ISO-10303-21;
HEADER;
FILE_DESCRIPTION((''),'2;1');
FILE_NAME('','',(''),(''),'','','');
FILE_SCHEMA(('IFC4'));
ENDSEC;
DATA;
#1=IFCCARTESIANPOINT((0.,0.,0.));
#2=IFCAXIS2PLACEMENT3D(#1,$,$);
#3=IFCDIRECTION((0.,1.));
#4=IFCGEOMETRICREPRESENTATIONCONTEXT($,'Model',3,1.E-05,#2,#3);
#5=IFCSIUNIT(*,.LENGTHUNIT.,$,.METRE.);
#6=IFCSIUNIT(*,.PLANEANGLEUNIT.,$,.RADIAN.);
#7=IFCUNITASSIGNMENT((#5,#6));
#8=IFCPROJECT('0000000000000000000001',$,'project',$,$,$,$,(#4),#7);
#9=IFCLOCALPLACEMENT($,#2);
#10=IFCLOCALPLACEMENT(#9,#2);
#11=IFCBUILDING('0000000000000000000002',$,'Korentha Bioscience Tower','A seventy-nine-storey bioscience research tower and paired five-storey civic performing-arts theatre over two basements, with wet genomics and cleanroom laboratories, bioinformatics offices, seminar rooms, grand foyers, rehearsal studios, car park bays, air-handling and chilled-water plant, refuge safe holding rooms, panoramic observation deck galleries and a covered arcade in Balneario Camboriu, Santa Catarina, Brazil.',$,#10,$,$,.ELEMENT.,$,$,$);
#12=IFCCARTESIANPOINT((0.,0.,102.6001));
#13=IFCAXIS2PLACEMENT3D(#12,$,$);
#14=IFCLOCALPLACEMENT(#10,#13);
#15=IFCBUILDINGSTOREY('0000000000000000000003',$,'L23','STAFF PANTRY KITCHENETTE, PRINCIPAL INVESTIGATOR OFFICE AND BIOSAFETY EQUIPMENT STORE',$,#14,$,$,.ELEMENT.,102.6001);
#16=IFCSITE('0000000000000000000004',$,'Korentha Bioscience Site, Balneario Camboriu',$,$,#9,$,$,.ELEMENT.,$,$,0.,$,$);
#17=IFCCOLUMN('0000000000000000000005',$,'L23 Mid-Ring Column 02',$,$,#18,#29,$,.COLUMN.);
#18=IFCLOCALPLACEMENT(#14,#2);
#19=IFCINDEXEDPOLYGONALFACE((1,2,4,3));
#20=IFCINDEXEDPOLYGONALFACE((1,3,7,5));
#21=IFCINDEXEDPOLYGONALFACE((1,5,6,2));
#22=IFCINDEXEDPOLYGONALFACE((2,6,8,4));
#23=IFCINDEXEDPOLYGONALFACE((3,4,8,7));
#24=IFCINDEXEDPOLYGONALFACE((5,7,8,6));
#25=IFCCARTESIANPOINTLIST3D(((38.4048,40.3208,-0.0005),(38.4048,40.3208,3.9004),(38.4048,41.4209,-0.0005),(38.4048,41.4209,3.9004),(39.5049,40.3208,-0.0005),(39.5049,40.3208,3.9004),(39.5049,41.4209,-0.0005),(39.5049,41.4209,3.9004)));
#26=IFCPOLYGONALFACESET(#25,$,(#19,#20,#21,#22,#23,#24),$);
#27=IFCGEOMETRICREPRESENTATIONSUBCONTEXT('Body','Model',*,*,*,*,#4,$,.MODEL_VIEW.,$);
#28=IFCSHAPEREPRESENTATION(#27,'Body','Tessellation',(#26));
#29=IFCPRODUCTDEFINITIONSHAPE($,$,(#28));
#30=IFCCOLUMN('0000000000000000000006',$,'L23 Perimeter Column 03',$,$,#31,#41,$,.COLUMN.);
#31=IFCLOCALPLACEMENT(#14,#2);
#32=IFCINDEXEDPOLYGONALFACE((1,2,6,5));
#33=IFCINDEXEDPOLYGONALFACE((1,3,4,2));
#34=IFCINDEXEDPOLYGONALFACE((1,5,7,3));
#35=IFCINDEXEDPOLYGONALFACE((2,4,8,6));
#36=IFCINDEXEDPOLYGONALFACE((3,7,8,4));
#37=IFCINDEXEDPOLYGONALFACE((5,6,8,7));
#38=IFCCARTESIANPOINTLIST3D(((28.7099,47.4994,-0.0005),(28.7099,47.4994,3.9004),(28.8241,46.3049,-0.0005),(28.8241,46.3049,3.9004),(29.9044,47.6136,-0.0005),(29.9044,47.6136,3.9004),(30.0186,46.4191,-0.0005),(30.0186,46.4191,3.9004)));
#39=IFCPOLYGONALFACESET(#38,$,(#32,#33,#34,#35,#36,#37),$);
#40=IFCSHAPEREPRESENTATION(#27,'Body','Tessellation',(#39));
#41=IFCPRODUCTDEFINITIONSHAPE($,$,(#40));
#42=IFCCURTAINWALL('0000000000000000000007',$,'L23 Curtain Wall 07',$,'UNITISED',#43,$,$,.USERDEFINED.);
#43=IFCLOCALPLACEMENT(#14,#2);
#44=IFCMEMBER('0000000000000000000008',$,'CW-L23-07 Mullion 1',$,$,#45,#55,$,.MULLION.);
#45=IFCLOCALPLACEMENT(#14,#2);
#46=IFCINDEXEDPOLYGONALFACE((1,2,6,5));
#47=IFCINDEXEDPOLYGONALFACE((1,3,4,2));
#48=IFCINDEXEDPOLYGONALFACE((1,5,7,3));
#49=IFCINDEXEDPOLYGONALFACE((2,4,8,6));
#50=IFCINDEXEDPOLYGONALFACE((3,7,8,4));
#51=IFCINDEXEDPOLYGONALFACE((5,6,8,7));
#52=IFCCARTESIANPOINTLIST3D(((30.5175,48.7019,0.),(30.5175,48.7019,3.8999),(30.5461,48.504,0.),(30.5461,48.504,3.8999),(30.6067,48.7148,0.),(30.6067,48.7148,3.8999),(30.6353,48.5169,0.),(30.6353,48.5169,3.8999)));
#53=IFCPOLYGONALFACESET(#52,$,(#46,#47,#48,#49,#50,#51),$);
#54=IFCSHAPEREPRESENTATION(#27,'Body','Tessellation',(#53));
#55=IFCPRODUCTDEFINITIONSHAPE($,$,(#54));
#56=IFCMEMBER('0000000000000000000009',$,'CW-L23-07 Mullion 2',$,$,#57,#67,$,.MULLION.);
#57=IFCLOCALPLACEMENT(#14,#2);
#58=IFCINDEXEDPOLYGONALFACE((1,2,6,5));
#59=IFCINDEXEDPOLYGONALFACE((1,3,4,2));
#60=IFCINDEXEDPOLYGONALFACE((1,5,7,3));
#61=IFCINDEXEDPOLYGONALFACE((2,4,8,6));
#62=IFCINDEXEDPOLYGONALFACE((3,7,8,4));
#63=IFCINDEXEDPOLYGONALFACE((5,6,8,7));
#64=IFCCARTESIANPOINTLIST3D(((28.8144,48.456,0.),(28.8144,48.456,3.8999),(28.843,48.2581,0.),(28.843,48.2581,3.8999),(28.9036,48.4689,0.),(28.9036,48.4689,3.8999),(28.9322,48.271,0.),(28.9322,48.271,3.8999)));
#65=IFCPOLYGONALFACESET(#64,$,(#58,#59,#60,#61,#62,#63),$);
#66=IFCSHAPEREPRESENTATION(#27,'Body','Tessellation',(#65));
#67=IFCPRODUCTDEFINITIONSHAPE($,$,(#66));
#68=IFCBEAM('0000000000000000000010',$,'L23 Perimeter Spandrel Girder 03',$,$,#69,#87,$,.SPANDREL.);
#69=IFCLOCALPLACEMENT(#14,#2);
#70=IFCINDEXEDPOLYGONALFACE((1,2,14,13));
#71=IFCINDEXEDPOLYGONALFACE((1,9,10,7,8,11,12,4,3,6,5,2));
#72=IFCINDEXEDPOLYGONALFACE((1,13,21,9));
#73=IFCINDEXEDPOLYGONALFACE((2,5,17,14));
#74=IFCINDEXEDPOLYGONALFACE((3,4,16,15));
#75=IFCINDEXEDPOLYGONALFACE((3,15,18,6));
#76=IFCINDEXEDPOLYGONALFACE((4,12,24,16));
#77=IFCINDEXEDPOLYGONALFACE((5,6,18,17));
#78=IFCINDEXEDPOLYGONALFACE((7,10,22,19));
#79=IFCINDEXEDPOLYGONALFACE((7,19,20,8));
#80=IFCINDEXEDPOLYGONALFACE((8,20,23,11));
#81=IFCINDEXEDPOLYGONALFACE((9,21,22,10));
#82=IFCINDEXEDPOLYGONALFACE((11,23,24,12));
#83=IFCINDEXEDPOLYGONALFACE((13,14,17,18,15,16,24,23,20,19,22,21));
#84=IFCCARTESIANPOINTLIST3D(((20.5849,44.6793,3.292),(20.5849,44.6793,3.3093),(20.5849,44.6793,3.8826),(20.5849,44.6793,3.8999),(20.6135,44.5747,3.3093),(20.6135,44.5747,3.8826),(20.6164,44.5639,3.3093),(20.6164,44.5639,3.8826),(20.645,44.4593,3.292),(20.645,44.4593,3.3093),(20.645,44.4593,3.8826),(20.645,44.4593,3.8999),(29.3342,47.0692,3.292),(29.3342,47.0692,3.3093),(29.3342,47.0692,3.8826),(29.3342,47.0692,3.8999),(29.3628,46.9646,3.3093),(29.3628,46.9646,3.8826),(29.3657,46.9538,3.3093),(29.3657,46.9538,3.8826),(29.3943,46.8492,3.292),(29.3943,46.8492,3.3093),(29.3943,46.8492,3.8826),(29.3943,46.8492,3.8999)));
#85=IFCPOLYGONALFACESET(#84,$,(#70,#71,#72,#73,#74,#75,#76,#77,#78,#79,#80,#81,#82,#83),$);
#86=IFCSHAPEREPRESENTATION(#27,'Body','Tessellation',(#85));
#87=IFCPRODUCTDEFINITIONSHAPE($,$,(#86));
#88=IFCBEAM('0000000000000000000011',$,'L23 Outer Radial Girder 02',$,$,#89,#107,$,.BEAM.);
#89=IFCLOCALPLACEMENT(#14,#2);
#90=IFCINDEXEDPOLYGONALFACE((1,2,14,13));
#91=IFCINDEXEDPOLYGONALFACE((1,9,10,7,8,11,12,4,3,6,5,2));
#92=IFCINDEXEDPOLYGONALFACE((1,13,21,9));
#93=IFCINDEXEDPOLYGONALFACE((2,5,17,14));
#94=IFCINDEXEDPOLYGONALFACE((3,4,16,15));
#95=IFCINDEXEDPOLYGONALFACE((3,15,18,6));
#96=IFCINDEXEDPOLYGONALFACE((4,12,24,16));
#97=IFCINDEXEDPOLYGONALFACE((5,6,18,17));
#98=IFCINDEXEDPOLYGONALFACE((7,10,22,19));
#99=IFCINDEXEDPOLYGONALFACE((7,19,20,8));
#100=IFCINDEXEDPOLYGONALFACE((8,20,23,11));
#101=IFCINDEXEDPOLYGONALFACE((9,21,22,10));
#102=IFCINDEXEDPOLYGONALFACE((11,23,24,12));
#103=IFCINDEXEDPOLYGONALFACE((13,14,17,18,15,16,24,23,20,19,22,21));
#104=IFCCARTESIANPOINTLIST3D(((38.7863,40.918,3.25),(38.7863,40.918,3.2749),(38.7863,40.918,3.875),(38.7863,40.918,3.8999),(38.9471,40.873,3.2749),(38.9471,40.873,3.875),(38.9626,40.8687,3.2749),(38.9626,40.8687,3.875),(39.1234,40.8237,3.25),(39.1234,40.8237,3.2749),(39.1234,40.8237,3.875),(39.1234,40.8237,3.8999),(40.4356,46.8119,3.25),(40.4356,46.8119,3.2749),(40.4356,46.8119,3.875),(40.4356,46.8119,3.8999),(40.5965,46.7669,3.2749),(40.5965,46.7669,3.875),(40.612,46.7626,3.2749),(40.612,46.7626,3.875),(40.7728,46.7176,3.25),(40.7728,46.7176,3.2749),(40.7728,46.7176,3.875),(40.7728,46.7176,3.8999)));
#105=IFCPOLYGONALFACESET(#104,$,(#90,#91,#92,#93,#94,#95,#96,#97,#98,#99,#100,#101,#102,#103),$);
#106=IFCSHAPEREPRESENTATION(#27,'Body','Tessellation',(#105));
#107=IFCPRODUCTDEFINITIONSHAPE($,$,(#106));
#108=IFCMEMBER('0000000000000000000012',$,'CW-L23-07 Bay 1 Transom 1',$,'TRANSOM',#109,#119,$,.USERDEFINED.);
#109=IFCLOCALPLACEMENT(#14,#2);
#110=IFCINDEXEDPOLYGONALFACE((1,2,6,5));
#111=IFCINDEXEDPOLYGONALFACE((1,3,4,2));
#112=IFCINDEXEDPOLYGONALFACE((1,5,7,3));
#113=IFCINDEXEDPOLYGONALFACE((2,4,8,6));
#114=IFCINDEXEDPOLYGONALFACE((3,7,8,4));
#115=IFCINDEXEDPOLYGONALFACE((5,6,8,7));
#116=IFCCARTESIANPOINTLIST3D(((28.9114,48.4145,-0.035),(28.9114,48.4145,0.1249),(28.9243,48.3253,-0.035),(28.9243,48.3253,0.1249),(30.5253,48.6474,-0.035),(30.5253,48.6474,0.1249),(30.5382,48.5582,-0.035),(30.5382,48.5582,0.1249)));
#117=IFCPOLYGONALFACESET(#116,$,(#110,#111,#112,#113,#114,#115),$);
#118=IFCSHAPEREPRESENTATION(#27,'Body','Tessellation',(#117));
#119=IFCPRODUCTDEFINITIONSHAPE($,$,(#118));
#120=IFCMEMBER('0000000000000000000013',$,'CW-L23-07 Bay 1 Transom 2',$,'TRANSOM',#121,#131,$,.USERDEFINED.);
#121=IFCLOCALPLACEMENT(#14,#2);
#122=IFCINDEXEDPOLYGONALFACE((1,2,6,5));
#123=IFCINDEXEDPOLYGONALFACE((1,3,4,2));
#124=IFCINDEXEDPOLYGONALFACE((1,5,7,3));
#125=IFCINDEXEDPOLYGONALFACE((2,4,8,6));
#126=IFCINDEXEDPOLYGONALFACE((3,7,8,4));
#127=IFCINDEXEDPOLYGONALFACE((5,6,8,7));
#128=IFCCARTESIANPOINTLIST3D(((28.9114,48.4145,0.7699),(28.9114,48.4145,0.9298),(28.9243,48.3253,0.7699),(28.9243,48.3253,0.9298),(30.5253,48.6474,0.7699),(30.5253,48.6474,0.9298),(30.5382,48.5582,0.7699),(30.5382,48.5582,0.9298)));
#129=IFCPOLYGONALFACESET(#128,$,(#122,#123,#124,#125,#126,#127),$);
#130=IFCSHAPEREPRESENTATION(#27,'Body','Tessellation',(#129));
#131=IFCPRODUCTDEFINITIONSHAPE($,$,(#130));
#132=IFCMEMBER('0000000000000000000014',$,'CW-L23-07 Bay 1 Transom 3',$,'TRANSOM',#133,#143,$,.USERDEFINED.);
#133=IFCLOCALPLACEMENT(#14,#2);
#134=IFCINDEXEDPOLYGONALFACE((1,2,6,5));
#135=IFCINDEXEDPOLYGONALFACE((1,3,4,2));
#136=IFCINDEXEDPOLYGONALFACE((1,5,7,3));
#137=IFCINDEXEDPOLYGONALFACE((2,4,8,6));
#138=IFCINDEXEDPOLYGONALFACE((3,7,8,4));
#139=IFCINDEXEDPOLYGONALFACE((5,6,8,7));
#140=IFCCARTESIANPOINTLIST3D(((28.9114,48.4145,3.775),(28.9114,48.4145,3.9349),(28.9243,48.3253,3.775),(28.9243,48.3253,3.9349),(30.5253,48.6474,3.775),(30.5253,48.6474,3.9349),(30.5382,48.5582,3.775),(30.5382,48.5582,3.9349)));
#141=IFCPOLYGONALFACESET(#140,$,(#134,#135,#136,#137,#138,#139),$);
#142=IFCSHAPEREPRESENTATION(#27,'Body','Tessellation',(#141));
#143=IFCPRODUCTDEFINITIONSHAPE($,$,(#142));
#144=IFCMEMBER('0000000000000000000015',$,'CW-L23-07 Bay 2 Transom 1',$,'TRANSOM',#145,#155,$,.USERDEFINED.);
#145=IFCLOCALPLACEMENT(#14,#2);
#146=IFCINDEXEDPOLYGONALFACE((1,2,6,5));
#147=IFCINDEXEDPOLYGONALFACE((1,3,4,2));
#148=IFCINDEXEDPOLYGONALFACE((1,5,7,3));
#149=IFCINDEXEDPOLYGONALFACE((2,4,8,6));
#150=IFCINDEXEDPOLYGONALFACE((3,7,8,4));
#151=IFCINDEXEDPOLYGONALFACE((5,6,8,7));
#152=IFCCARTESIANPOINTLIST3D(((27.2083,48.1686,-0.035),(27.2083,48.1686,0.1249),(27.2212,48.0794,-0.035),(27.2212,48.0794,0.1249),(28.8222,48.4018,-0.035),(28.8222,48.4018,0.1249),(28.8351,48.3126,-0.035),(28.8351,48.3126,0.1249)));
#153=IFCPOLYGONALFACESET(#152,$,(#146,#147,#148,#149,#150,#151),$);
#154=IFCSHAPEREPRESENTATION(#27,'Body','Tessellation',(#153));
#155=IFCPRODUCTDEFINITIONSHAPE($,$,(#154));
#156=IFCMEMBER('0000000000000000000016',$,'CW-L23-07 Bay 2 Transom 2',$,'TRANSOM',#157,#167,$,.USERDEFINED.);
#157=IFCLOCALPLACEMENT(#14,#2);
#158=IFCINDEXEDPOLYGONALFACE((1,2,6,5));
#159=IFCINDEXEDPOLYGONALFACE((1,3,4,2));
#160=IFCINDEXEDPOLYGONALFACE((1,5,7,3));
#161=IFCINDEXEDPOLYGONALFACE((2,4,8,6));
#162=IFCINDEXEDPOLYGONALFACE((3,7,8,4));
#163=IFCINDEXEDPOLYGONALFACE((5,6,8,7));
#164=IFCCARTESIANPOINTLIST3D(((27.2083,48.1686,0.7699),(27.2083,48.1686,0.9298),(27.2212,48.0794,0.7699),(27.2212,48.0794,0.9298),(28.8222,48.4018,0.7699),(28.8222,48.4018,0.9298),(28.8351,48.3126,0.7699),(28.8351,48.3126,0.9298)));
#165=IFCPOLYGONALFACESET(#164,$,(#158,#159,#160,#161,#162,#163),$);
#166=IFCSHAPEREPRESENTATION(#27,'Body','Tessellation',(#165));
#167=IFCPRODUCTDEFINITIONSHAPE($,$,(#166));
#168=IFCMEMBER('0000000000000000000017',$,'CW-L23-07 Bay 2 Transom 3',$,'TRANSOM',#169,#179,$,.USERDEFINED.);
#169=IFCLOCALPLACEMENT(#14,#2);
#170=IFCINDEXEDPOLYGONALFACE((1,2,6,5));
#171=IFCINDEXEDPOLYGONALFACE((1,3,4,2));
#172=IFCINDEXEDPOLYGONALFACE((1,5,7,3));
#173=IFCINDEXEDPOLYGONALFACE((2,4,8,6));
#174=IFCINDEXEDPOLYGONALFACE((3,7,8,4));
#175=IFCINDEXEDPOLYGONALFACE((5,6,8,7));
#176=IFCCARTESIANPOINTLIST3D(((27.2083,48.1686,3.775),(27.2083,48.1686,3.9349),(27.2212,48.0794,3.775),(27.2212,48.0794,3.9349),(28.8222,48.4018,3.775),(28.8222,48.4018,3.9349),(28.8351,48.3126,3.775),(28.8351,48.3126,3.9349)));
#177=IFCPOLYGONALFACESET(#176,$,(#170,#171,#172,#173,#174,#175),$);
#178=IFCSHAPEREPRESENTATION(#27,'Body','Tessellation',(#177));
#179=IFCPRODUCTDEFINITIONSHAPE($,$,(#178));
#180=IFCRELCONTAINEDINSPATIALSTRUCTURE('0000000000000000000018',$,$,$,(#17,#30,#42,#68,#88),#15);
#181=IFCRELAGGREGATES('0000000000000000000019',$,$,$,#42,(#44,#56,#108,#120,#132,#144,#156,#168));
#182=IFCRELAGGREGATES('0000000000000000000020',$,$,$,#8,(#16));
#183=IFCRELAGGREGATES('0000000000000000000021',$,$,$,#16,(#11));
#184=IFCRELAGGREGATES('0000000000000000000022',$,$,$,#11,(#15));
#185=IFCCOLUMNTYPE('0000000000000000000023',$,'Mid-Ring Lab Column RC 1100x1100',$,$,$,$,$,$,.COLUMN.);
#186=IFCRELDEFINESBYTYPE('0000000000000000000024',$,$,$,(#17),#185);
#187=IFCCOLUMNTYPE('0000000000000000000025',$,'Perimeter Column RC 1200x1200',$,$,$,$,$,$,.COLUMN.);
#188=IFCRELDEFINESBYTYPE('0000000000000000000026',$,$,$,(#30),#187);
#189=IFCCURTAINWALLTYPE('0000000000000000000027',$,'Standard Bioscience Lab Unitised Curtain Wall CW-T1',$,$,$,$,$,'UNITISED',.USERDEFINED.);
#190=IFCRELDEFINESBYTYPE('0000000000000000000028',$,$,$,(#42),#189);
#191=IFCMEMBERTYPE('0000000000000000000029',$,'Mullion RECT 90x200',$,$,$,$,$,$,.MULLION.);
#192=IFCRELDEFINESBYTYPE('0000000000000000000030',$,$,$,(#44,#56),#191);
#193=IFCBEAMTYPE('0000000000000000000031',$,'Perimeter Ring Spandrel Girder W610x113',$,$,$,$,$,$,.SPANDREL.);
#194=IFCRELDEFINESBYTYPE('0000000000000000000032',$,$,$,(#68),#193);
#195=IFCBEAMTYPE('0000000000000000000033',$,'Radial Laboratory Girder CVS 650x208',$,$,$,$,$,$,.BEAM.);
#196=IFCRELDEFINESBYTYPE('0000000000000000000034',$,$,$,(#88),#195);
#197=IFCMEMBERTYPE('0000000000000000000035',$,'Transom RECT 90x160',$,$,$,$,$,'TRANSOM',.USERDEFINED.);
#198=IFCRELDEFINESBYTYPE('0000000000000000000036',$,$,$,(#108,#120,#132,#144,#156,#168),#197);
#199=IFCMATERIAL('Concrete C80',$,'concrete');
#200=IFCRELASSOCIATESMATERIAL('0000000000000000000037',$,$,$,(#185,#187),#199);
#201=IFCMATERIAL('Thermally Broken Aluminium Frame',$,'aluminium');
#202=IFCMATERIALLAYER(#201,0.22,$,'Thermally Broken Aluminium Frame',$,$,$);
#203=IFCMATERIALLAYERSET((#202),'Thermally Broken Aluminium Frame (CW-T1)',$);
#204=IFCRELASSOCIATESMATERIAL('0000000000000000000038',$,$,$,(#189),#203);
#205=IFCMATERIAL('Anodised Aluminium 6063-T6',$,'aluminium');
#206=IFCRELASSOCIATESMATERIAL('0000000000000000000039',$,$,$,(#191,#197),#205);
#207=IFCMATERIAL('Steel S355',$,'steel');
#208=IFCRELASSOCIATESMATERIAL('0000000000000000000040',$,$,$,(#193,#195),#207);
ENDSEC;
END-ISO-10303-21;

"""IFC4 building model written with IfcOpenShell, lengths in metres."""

from ifc_helpers import new_model, si_unit, direction, frame, origin, origin_2d, place, context, subcontext, project, spatial, rectangle, i_section, extrude, material, layer, layer_set, material_profile, profile_set, type_object, element, aggregate, save


model = new_model("IFC4")

# Units and contexts
model_context = context("Model", 3, precision=1e-05, world=origin(), true_north=direction((0.0, 1.0)))
body_context = subcontext(model_context, "Body", "Model", "MODEL_VIEW")
ifc_project = project(units=[si_unit("LENGTHUNIT", "METRE"), si_unit("PLANEANGLEUNIT", "RADIAN")], contexts=[model_context])

# Site, building, storey
site_placement = place(None, origin())
site = spatial("IfcSite", under=ifc_project, at=site_placement, Name="Korentha Bioscience Site, Balneario Camboriu", CompositionType="ELEMENT", RefElevation=0.0)
building_placement = place(site_placement, origin())
building = spatial("IfcBuilding", under=site, at=building_placement, Name="Korentha Bioscience Tower", Description="A seventy-nine-storey bioscience research tower and paired five-storey civic performing-arts theatre over two basements, with wet genomics and cleanroom laboratories, bioinformatics offices, seminar rooms, grand foyers, rehearsal studios, car park bays, air-handling and chilled-water plant, refuge safe holding rooms, panoramic observation deck galleries and a covered arcade in Balneario Camboriu, Santa Catarina, Brazil.", CompositionType="ELEMENT")
storey_placement = place(building_placement, frame((0.0, 0.0, 102.6001)))
storey = spatial("IfcBuildingStorey", under=building, at=storey_placement, Name="L23", Description="STAFF PANTRY KITCHENETTE, PRINCIPAL INVESTIGATOR OFFICE AND BIOSAFETY EQUIPMENT STORE", CompositionType="ELEMENT", Elevation=102.6001)

# Columns
ifc_material_1 = material(Name="Concrete C80", Category="concrete")
ifc_material_profile_1 = material_profile(ifc_material_1, rectangle(XDim=1.1001, YDim=1.1001, at=origin_2d()), Name="Concrete C80")
ifc_profile_set_1 = profile_set([ifc_material_profile_1], Name="Concrete C80 (COL-MR11)")
column_type_1 = type_object("IfcColumnType", Name="Mid-Ring Lab Column RC 1100x1100", PredefinedType="COLUMN", material=ifc_profile_set_1)
column_1_placement = place(storey_placement, frame((38.9548, 40.8708, -0.0005), z_axis=(0.0, 0.0, 1.0), x_axis=(1.0, 0.0, 0.0)))
element("IfcColumn", 1, at=column_1_placement, inside=storey, type_object=column_type_1, Name="L23 Mid-Ring Column 02", PredefinedType="COLUMN", context=body_context, shape_type="SweptSolid", body=[
    extrude(rectangle(XDim=1.1001, YDim=1.1001, at=origin_2d()), origin(), (0.0, 0.0, 1.0), 3.9009),
])
ifc_material_profile_2 = material_profile(ifc_material_1, rectangle(XDim=1.2, YDim=1.2, at=origin_2d()), Name="Concrete C80")
ifc_profile_set_2 = profile_set([ifc_material_profile_2], Name="Concrete C80 (COL-P12)")
column_type_2 = type_object("IfcColumnType", Name="Perimeter Column RC 1200x1200", PredefinedType="COLUMN", material=ifc_profile_set_2)
column_2_placement = place(storey_placement, frame((29.3643, 46.9592, -0.0005), z_axis=(0.0, 0.0, 1.0), x_axis=(0.995463, 0.095151, 0.0)))
element("IfcColumn", 2, at=column_2_placement, inside=storey, type_object=column_type_2, Name="L23 Perimeter Column 03", PredefinedType="COLUMN", context=body_context, shape_type="SweptSolid", body=[
    extrude(rectangle(XDim=1.2, YDim=1.2, at=origin_2d()), origin(), (0.0, 0.0, 1.0), 3.9009),
])

# Curtain wall, members
ifc_material_2 = material(Name="Thermally Broken Aluminium Frame", Category="aluminium")
ifc_layer_1 = layer(ifc_material_2, 0.22, Name="Thermally Broken Aluminium Frame")
ifc_layer_set_1 = layer_set([ifc_layer_1], Name="Thermally Broken Aluminium Frame (CW-T1)")
curtain_wall_type = type_object("IfcCurtainWallType", Name="Standard Bioscience Lab Unitised Curtain Wall CW-T1", ElementType="UNITISED", PredefinedType="USERDEFINED", material=ifc_layer_set_1)
curtain_wall_placement = place(storey_placement, origin())
curtain_wall = element("IfcCurtainWall", 3, at=curtain_wall_placement, inside=storey, type_object=curtain_wall_type, Name="L23 Curtain Wall 07", ObjectType="UNITISED", PredefinedType="USERDEFINED")
ifc_material_3 = material(Name="Anodised Aluminium 6063-T6", Category="aluminium")
ifc_material_profile_3 = material_profile(ifc_material_3, rectangle(XDim=0.0901, YDim=0.2, at=origin_2d()), Name="Anodised Aluminium 6063-T6")
ifc_profile_set_3 = profile_set([ifc_material_profile_3], Name="Anodised Aluminium 6063-T6 (CW-MUL)")
member_type_1 = type_object("IfcMemberType", Name="Mullion RECT 90x200", PredefinedType="MULLION", material=ifc_profile_set_3)
member_1_placement = place(storey_placement, frame((30.5764, 48.6094, 0.0), z_axis=(0.0, 0.0, 1.0), x_axis=(-0.989738, -0.142892, 0.0)))
member_1 = element("IfcMember", 4, at=member_1_placement, type_object=member_type_1, Name="CW-L23-07 Mullion 1", PredefinedType="MULLION", context=body_context, shape_type="SweptSolid", body=[
    extrude(rectangle(XDim=0.0901, YDim=0.2, at=origin_2d()), origin(), (0.0, 0.0, 1.0), 3.8999),
])
member_2_placement = place(storey_placement, frame((28.8733, 48.3635, 0.0), z_axis=(0.0, 0.0, 1.0), x_axis=(-0.989738, -0.142892, 0.0)))
member_2 = element("IfcMember", 5, at=member_2_placement, type_object=member_type_1, Name="CW-L23-07 Mullion 2", PredefinedType="MULLION", context=body_context, shape_type="SweptSolid", body=[
    extrude(rectangle(XDim=0.0901, YDim=0.2, at=origin_2d()), origin(), (0.0, 0.0, 1.0), 3.8999),
])

# Beams
ifc_material_4 = material(Name="Steel S355", Category="steel")
ifc_material_profile_4 = material_profile(ifc_material_4, i_section(OverallWidth=0.228, OverallDepth=0.6079, WebThickness=0.0112, FlangeThickness=0.0173, at=origin_2d()), Name="Steel S355")
ifc_profile_set_4 = profile_set([ifc_material_profile_4], Name="Steel S355 (SB-610)")
beam_type_1 = type_object("IfcBeamType", Name="Perimeter Ring Spandrel Girder W610x113", PredefinedType="SPANDREL", material=ifc_profile_set_4)
beam_1_placement = place(storey_placement, frame((29.3643, 46.9592, 3.5959), z_axis=(-0.964659, -0.2635, 0.0), x_axis=(0.2635, -0.964659, 0.0)))
element("IfcBeam", 6, at=beam_1_placement, inside=storey, type_object=beam_type_1, Name="L23 Perimeter Spandrel Girder 03", PredefinedType="SPANDREL", context=body_context, shape_type="SweptSolid", body=[
    extrude(i_section(OverallWidth=0.228, OverallDepth=0.6079, WebThickness=0.0112, FlangeThickness=0.0173, at=origin_2d()), origin(), (0.0, 0.0, 1.0), 9.0698),
])
ifc_material_profile_5 = material_profile(ifc_material_4, i_section(OverallWidth=0.3501, OverallDepth=0.6499, WebThickness=0.0161, FlangeThickness=0.0249, at=origin_2d()), Name="Steel S355")
ifc_profile_set_5 = profile_set([ifc_material_profile_5], Name="Steel S355 (RB-650)")
beam_type_2 = type_object("IfcBeamType", Name="Radial Laboratory Girder CVS 650x208", PredefinedType="BEAM", material=ifc_profile_set_5)
beam_2_placement = place(storey_placement, frame((38.9548, 40.8708, 3.575), z_axis=(0.269491, 0.963003, 0.0), x_axis=(-0.963003, 0.269491, 0.0)))
element("IfcBeam", 7, at=beam_2_placement, inside=storey, type_object=beam_type_2, Name="L23 Outer Radial Girder 02", PredefinedType="BEAM", context=body_context, shape_type="SweptSolid", body=[
    extrude(i_section(OverallWidth=0.3501, OverallDepth=0.6499, WebThickness=0.0161, FlangeThickness=0.0249, at=origin_2d()), origin(), (0.0, 0.0, 1.0), 6.1204),
])

# Members
ifc_material_profile_6 = material_profile(ifc_material_3, rectangle(XDim=0.0901, YDim=0.1599, at=origin_2d()), Name="Anodised Aluminium 6063-T6")
ifc_profile_set_6 = profile_set([ifc_material_profile_6], Name="Anodised Aluminium 6063-T6 (CW-TRN)")
member_type_2 = type_object("IfcMemberType", Name="Transom RECT 90x160", ElementType="TRANSOM", PredefinedType="USERDEFINED", material=ifc_profile_set_6)
member_3_placement = place(storey_placement, frame((30.5317, 48.6028, 0.0449), z_axis=(-0.989748, -0.142826, 0.0), x_axis=(0.142826, -0.989748, 0.0)))
member_3 = element("IfcMember", 8, at=member_3_placement, type_object=member_type_2, Name="CW-L23-07 Bay 1 Transom 1", ObjectType="TRANSOM", PredefinedType="USERDEFINED", context=body_context, shape_type="SweptSolid", body=[
    extrude(rectangle(XDim=0.0901, YDim=0.1599, at=origin_2d()), origin(), (0.0, 0.0, 1.0), 1.6306),
])
member_4_placement = place(storey_placement, frame((30.5317, 48.6028, 0.8499), z_axis=(-0.989748, -0.142826, 0.0), x_axis=(0.142826, -0.989748, 0.0)))
member_4 = element("IfcMember", 9, at=member_4_placement, type_object=member_type_2, Name="CW-L23-07 Bay 1 Transom 2", ObjectType="TRANSOM", PredefinedType="USERDEFINED", context=body_context, shape_type="SweptSolid", body=[
    extrude(rectangle(XDim=0.0901, YDim=0.1599, at=origin_2d()), origin(), (0.0, 0.0, 1.0), 1.6306),
])
member_5_placement = place(storey_placement, frame((30.5317, 48.6028, 3.855), z_axis=(-0.989748, -0.142826, 0.0), x_axis=(0.142826, -0.989748, 0.0)))
member_5 = element("IfcMember", 10, at=member_5_placement, type_object=member_type_2, Name="CW-L23-07 Bay 1 Transom 3", ObjectType="TRANSOM", PredefinedType="USERDEFINED", context=body_context, shape_type="SweptSolid", body=[
    extrude(rectangle(XDim=0.0901, YDim=0.1599, at=origin_2d()), origin(), (0.0, 0.0, 1.0), 1.6306),
])
member_6_placement = place(storey_placement, frame((28.8286, 48.3572, 0.0449), z_axis=(-0.989724, -0.142993, 0.0), x_axis=(0.142993, -0.989724, 0.0)))
member_6 = element("IfcMember", 11, at=member_6_placement, type_object=member_type_2, Name="CW-L23-07 Bay 2 Transom 1", ObjectType="TRANSOM", PredefinedType="USERDEFINED", context=body_context, shape_type="SweptSolid", body=[
    extrude(rectangle(XDim=0.0901, YDim=0.1599, at=origin_2d()), origin(), (0.0, 0.0, 1.0), 1.6306),
])
member_7_placement = place(storey_placement, frame((28.8286, 48.3572, 0.8499), z_axis=(-0.989724, -0.142993, 0.0), x_axis=(0.142993, -0.989724, 0.0)))
member_7 = element("IfcMember", 12, at=member_7_placement, type_object=member_type_2, Name="CW-L23-07 Bay 2 Transom 2", ObjectType="TRANSOM", PredefinedType="USERDEFINED", context=body_context, shape_type="SweptSolid", body=[
    extrude(rectangle(XDim=0.0901, YDim=0.1599, at=origin_2d()), origin(), (0.0, 0.0, 1.0), 1.6306),
])
member_8_placement = place(storey_placement, frame((28.8286, 48.3572, 3.855), z_axis=(-0.989724, -0.142993, 0.0), x_axis=(0.142993, -0.989724, 0.0)))
member_8 = element("IfcMember", 13, at=member_8_placement, type_object=member_type_2, Name="CW-L23-07 Bay 2 Transom 3", ObjectType="TRANSOM", PredefinedType="USERDEFINED", context=body_context, shape_type="SweptSolid", body=[
    extrude(rectangle(XDim=0.0901, YDim=0.1599, at=origin_2d()), origin(), (0.0, 0.0, 1.0), 1.6306),
])

aggregate(curtain_wall, [member_1, member_2, member_3, member_4, member_5, member_6, member_7, member_8])

save(model, "model.ifc")
